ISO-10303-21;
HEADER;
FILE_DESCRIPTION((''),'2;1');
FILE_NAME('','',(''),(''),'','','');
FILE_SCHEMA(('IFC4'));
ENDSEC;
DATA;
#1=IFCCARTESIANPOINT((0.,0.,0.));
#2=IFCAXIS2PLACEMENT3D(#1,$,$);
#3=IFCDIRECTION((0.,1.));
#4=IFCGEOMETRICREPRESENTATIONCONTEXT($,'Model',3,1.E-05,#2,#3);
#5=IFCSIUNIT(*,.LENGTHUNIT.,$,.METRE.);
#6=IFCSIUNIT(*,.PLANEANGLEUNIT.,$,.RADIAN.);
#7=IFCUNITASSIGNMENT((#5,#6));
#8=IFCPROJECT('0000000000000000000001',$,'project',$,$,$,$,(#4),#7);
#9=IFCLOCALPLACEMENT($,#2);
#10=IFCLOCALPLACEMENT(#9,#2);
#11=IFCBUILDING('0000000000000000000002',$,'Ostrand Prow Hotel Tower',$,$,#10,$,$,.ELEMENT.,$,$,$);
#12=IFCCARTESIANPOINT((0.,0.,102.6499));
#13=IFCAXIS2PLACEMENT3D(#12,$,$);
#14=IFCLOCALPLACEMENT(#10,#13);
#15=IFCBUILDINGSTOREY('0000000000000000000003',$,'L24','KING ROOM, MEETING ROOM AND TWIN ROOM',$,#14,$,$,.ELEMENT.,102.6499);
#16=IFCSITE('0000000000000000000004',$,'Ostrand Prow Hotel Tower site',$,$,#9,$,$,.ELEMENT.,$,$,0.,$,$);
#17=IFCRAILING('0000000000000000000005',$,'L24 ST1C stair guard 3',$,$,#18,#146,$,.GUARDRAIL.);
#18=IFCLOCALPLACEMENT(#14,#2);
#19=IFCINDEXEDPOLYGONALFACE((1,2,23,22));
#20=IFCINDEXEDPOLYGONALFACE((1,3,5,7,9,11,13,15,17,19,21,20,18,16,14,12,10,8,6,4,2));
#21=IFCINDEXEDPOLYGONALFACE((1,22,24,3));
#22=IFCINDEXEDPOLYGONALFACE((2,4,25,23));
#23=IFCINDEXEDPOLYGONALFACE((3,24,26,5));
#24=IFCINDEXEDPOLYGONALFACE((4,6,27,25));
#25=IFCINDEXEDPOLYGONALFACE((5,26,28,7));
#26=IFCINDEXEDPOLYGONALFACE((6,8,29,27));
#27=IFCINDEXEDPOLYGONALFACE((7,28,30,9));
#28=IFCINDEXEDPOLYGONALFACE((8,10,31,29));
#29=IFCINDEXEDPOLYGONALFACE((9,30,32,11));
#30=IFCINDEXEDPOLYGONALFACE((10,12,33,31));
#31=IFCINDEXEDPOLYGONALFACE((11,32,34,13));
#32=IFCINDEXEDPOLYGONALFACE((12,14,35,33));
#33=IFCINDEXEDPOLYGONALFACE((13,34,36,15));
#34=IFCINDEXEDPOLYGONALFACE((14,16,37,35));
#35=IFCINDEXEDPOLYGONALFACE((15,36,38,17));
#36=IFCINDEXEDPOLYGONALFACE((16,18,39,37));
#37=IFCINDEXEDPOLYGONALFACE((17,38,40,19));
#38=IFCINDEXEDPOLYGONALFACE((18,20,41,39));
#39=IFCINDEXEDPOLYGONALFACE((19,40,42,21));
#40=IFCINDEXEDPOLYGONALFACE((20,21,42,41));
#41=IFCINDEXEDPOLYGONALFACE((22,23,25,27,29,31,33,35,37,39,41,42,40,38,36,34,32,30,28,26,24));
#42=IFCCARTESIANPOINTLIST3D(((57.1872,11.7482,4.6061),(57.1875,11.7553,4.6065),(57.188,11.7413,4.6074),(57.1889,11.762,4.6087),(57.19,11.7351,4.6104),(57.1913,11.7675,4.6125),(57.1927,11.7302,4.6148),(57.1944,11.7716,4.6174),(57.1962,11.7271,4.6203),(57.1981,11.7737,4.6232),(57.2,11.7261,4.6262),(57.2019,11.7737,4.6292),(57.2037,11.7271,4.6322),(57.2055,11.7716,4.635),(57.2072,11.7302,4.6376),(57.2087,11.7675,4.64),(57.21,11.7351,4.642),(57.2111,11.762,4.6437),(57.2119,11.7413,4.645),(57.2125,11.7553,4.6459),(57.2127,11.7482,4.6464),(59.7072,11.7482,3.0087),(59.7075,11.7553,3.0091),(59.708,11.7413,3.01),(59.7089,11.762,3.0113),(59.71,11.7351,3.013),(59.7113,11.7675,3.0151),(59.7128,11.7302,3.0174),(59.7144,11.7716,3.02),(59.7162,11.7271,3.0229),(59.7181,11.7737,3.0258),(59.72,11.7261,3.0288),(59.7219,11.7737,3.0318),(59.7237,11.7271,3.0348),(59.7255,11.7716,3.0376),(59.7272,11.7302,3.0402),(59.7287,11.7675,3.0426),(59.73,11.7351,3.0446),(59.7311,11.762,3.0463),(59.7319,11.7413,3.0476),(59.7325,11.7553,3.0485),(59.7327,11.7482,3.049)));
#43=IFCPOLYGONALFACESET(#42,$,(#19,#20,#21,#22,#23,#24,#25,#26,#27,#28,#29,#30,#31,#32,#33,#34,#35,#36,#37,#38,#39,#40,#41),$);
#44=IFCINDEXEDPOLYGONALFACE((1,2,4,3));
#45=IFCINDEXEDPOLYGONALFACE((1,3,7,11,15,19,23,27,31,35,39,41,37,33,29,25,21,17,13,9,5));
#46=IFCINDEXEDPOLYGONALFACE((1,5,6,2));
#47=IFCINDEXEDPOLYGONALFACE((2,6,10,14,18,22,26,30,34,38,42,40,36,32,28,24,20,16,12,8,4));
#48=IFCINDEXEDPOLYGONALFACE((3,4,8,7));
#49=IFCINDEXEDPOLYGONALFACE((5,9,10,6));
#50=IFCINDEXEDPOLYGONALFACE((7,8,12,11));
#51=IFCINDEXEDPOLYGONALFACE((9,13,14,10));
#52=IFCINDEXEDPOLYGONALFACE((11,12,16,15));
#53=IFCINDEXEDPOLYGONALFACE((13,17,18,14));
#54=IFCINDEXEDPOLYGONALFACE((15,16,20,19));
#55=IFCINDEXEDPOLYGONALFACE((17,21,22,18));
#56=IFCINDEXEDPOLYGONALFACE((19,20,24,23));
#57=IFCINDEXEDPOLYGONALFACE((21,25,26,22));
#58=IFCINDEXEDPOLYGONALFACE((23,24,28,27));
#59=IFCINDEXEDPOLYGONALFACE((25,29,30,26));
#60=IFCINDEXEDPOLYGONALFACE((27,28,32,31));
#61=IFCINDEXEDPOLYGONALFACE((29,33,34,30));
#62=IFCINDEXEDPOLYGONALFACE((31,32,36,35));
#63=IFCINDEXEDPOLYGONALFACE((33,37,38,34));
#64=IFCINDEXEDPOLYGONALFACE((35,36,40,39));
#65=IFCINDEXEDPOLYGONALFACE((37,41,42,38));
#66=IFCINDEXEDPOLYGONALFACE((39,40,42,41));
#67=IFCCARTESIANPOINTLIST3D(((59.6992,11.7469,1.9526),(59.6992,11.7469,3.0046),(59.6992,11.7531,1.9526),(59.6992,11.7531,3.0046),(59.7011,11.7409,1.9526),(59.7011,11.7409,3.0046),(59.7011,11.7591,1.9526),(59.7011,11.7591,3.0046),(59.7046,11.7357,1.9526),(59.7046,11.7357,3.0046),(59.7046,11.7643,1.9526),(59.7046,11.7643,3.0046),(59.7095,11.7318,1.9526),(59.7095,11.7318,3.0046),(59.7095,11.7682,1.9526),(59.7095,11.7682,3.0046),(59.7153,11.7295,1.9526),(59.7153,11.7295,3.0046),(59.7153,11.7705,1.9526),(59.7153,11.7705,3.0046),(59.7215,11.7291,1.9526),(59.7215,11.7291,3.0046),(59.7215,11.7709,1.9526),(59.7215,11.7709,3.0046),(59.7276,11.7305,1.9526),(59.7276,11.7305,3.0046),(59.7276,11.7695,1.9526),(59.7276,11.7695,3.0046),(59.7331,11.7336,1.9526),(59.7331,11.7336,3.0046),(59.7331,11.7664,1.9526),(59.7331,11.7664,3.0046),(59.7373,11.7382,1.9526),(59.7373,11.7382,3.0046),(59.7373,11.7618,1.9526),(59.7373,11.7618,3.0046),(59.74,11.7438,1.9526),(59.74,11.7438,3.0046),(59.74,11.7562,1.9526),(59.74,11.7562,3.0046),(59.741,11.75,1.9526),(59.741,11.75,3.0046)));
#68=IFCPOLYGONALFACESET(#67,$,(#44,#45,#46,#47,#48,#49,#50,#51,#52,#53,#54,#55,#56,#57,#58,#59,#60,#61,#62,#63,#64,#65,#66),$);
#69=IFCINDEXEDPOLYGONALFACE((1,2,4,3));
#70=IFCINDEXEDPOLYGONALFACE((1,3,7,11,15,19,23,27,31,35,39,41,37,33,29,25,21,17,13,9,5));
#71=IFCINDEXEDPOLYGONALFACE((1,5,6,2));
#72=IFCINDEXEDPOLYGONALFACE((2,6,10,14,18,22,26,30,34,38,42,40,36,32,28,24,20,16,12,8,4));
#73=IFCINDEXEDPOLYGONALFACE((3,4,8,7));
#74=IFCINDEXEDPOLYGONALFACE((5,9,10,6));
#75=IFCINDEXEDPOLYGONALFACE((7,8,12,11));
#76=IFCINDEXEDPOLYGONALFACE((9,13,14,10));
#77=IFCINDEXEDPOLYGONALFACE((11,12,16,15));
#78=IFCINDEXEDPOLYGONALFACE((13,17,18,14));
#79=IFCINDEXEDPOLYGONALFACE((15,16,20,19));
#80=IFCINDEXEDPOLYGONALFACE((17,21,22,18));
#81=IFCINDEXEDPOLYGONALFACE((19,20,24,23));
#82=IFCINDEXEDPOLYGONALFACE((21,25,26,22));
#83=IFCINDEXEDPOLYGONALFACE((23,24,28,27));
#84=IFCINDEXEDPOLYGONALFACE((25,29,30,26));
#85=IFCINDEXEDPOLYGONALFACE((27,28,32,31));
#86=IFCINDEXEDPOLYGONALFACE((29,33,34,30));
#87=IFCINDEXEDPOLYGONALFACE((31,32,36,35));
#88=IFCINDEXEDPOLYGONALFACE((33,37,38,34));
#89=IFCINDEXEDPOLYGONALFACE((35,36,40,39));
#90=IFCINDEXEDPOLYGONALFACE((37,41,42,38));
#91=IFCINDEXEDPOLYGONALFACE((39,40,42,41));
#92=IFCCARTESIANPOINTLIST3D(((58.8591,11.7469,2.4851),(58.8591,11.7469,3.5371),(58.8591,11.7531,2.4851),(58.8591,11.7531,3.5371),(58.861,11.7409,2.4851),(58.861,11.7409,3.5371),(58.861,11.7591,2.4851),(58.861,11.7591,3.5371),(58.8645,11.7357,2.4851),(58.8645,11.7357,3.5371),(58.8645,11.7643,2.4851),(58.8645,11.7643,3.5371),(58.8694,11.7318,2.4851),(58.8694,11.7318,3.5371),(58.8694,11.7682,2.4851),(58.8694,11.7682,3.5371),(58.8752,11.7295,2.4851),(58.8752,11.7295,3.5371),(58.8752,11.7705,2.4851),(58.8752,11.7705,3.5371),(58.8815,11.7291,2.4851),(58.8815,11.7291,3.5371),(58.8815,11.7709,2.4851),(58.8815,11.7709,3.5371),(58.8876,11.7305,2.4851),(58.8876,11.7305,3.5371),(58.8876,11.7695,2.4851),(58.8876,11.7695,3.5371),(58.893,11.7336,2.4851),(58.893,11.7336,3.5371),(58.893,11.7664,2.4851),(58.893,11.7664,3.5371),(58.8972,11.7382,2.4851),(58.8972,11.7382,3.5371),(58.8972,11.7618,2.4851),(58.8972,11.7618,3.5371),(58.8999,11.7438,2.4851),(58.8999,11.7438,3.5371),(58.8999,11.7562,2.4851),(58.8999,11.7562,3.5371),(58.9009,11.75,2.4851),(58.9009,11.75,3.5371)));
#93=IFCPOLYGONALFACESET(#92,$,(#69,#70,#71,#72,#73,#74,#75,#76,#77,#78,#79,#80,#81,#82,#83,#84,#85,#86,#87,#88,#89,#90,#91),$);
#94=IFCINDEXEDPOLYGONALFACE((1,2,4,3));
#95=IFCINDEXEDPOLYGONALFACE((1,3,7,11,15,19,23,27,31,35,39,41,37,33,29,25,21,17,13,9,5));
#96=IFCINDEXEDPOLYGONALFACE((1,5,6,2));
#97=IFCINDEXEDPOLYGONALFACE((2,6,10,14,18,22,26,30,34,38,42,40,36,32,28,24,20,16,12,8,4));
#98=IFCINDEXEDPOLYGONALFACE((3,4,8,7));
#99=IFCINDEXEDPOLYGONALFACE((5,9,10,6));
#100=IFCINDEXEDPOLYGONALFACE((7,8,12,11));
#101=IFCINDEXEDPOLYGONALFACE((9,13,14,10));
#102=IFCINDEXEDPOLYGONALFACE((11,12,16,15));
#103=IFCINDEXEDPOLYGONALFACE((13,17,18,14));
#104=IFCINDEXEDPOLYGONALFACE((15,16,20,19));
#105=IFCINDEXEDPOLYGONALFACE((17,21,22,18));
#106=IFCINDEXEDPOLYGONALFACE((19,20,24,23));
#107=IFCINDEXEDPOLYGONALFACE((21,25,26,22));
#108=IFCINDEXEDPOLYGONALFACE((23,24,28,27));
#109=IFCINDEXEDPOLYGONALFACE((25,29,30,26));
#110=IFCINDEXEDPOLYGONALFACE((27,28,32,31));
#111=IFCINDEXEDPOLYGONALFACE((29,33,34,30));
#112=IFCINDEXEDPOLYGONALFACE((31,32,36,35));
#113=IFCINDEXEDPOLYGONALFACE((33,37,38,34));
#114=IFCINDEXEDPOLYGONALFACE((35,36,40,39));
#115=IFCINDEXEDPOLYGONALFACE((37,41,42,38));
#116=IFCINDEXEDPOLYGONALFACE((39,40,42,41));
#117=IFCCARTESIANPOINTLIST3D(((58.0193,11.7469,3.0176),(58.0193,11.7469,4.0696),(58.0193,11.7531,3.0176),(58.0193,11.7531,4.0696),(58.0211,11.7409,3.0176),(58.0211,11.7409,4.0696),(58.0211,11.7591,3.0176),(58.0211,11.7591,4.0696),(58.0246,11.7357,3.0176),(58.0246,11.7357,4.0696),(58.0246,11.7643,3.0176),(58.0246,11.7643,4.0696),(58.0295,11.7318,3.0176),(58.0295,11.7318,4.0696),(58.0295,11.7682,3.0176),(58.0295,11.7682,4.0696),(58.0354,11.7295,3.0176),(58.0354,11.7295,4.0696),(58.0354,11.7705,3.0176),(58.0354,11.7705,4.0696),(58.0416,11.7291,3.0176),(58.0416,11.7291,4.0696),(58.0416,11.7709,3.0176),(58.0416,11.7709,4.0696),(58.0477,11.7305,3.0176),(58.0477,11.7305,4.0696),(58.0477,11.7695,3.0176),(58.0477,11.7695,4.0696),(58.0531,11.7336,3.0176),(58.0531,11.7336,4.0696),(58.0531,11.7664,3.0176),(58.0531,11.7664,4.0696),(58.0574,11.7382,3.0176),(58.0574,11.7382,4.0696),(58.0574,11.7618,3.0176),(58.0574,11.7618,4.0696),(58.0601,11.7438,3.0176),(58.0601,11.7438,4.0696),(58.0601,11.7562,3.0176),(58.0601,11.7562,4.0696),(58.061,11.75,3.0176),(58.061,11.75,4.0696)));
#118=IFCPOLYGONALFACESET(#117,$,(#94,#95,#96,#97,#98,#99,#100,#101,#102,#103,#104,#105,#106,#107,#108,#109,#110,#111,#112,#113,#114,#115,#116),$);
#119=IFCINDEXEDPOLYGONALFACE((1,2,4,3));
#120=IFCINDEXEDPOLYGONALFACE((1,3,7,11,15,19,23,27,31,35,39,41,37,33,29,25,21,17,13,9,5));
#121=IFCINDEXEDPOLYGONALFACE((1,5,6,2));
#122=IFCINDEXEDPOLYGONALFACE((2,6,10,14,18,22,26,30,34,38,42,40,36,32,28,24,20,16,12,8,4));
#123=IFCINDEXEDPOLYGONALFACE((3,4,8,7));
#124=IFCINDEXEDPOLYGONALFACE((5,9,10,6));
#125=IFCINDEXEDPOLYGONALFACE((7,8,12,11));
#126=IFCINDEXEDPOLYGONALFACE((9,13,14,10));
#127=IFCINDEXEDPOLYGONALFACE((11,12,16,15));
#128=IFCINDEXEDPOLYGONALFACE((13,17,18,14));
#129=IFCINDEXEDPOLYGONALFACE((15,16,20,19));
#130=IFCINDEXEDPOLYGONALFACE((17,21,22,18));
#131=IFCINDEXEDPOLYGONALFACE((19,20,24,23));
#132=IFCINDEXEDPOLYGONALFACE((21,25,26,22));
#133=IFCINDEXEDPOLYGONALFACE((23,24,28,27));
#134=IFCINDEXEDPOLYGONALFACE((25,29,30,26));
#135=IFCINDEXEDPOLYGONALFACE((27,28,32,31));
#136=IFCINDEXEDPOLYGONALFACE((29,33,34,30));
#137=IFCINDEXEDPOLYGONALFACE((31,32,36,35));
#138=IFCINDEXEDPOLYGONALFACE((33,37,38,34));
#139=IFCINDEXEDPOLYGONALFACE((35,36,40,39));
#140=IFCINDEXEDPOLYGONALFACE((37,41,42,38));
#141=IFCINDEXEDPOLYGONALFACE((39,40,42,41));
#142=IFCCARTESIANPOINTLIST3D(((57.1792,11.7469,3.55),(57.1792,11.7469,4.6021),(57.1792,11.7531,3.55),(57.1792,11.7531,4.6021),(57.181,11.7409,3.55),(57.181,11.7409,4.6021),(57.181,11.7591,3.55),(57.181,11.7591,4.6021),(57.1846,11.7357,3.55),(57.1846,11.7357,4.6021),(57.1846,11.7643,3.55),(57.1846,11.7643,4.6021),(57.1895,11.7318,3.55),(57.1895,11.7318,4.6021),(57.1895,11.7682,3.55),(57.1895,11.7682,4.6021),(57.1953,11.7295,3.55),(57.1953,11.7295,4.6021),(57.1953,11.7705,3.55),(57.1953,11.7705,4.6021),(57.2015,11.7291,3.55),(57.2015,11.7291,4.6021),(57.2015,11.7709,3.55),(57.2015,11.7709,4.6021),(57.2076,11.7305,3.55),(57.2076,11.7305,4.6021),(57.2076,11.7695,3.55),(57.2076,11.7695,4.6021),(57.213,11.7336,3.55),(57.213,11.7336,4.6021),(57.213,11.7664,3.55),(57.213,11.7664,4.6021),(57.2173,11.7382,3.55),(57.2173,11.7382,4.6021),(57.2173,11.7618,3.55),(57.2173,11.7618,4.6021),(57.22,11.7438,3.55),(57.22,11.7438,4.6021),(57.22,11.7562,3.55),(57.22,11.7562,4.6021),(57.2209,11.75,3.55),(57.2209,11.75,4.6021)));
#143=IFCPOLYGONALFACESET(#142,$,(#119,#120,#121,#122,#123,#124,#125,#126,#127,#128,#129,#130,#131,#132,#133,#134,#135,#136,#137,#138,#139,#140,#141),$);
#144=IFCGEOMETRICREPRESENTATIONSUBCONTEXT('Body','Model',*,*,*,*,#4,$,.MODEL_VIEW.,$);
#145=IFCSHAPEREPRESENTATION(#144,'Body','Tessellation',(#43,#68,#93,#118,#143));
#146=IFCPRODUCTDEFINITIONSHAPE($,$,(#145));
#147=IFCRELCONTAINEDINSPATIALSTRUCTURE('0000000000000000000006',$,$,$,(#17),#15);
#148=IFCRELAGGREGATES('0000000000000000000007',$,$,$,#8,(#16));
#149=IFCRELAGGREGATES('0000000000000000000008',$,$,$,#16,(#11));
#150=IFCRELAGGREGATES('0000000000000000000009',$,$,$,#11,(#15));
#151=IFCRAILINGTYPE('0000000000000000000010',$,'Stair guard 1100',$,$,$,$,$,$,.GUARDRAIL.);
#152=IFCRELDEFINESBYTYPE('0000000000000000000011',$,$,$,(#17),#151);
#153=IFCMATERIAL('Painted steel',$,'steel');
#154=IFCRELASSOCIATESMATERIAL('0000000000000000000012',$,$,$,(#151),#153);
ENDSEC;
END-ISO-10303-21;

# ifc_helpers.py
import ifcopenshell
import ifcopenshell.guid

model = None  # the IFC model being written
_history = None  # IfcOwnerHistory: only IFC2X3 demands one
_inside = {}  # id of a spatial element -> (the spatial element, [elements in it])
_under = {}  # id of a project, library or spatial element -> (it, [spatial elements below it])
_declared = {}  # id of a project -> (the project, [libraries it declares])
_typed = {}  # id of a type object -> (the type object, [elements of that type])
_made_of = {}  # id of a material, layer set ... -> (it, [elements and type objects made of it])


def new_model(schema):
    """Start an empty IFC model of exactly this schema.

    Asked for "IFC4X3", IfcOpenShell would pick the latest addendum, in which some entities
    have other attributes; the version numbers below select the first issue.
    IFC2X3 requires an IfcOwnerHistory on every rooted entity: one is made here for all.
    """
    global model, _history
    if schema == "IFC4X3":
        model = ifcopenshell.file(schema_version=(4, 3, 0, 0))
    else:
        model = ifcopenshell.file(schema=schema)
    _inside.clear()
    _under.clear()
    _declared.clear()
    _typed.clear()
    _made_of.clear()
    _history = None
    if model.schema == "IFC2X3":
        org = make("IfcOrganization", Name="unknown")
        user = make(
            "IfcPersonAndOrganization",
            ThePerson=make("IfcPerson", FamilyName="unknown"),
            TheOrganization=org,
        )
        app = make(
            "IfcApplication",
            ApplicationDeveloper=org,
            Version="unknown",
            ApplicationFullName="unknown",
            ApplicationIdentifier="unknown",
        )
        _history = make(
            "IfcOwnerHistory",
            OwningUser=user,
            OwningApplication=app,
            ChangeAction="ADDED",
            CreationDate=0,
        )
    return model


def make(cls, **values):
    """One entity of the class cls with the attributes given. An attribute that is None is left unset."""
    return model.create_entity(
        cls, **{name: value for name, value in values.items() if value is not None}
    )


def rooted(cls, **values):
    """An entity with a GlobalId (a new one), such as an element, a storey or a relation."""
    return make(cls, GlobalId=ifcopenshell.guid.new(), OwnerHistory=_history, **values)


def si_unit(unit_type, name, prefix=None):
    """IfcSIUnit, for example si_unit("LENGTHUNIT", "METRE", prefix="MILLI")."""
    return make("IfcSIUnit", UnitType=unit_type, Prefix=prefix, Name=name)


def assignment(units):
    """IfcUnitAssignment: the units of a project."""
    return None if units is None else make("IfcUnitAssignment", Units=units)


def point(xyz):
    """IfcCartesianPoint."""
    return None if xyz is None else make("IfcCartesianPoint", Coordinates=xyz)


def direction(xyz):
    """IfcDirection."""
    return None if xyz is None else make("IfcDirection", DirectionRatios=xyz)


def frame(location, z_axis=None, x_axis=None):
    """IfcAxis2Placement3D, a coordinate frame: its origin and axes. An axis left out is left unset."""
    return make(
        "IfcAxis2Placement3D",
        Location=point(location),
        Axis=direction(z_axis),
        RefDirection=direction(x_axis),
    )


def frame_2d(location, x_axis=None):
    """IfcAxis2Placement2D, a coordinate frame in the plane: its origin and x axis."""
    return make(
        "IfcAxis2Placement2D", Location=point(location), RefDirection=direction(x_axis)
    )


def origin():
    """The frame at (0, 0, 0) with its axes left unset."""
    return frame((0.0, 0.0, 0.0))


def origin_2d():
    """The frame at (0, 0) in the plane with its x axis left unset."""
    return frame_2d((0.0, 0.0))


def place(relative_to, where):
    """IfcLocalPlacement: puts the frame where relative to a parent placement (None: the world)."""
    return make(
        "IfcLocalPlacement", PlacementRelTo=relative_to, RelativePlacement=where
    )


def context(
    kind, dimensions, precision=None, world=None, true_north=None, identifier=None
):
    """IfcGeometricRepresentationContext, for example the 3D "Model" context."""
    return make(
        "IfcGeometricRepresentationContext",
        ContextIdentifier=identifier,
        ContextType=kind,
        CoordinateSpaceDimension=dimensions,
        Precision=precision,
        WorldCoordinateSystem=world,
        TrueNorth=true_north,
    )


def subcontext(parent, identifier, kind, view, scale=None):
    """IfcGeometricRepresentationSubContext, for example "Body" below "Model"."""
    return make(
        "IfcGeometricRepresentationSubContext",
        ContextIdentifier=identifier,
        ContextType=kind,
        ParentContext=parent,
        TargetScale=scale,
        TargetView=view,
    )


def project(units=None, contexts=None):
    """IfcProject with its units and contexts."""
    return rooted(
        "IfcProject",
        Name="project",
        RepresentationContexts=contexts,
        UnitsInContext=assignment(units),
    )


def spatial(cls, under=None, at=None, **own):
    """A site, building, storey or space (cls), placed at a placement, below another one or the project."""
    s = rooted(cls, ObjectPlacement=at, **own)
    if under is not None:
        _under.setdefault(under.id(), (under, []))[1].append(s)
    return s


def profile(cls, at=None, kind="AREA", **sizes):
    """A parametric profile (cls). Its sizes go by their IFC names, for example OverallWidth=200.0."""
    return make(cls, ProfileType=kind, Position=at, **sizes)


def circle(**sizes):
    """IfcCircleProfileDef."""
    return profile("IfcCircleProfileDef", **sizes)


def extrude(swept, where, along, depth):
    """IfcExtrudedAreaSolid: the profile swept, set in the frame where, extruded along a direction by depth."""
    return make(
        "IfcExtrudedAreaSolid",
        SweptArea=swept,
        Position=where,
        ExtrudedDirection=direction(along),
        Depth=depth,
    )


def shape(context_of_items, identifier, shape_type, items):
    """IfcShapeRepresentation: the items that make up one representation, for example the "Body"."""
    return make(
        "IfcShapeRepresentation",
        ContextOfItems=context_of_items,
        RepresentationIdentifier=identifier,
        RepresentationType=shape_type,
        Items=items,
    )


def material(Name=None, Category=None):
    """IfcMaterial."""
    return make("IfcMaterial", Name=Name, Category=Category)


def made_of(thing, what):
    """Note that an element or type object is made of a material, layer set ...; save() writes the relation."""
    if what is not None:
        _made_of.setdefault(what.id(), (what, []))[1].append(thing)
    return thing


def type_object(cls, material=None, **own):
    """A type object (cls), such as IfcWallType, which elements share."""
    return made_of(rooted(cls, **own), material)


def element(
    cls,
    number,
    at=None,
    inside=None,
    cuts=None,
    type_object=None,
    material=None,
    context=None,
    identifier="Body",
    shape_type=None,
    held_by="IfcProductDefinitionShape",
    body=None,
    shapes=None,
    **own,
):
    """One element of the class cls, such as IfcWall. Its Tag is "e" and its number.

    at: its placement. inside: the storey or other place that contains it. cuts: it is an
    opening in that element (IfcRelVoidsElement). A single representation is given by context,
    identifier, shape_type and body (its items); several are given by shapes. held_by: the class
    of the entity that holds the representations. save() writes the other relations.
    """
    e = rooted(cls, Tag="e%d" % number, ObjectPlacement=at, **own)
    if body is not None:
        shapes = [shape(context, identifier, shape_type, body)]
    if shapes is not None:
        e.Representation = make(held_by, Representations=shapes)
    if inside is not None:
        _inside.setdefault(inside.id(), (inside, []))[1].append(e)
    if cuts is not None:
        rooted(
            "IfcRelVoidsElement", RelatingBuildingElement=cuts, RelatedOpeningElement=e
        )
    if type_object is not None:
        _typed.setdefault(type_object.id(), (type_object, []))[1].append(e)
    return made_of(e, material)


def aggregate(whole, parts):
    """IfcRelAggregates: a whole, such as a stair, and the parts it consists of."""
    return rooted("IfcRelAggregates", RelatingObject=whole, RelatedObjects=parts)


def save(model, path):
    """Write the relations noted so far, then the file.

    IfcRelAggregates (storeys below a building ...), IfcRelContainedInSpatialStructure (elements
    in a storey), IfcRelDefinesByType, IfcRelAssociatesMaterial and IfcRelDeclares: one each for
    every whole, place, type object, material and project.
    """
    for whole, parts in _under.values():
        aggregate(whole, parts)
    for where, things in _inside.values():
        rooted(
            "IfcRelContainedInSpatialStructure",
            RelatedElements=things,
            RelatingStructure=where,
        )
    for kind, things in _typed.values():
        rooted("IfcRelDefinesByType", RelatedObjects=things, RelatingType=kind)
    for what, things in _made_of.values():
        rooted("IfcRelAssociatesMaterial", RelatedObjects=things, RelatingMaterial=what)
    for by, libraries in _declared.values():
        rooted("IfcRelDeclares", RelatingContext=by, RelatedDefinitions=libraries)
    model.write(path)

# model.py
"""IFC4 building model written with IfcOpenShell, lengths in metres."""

from ifc_helpers import new_model, si_unit, direction, frame, origin, origin_2d, place, context, subcontext, project, spatial, circle, extrude, material, type_object, element, save


model = new_model("IFC4")

# Units and contexts
model_context = context("Model", 3, precision=1e-05, world=origin(), true_north=direction((0.0, 1.0)))
body_context = subcontext(model_context, "Body", "Model", "MODEL_VIEW")
ifc_project = project(units=[si_unit("LENGTHUNIT", "METRE"), si_unit("PLANEANGLEUNIT", "RADIAN")], contexts=[model_context])

# Site, building, storey
site_placement = place(None, origin())
site = spatial("IfcSite", under=ifc_project, at=site_placement, Name="Ostrand Prow Hotel Tower site", CompositionType="ELEMENT", RefElevation=0.0)
building_placement = place(site_placement, origin())
building = spatial("IfcBuilding", under=site, at=building_placement, Name="Ostrand Prow Hotel Tower", CompositionType="ELEMENT")
storey_placement = place(building_placement, frame((0.0, 0.0, 102.6499)))
storey = spatial("IfcBuildingStorey", under=building, at=storey_placement, Name="L24", Description="KING ROOM, MEETING ROOM AND TWIN ROOM", CompositionType="ELEMENT", Elevation=102.6499)

# Railing
ifc_material_1 = material(Name="Painted steel", Category="steel")
railing_type_1 = type_object("IfcRailingType", Name="Stair guard 1100", PredefinedType="GUARDRAIL", material=ifc_material_1)
railing_1_placement = place(storey_placement, frame((59.72, 11.75, 1.9526)))
element("IfcRailing", 1, at=railing_1_placement, inside=storey, type_object=railing_type_1, Name="L24 ST1C stair guard 3", PredefinedType="GUARDRAIL", context=body_context, shape_type="SweptSolid", body=[
    extrude(circle(Radius=0.0239, at=origin_2d()), frame((0.0, 0.0, 1.0762), z_axis=(-0.844607, 0.0, 0.535387), x_axis=(0.0, -1.0, 0.0)), (0.0, 0.0, 1.0), 2.9836),
    extrude(circle(Radius=0.021, at=origin_2d()), origin(), (0.0, 0.0, 1.0), 1.052),
    extrude(circle(Radius=0.021, at=origin_2d()), frame((-0.8401, 0.0, 0.5325)), (0.0, 0.0, 1.0), 1.052),
    extrude(circle(Radius=0.021, at=origin_2d()), frame((-1.6799, 0.0, 1.0649)), (0.0, 0.0, 1.0), 1.052),
    extrude(circle(Radius=0.021, at=origin_2d()), frame((-2.52, 0.0, 1.5974)), (0.0, 0.0, 1.0), 1.052),
])

save(model, "model.ifc")
